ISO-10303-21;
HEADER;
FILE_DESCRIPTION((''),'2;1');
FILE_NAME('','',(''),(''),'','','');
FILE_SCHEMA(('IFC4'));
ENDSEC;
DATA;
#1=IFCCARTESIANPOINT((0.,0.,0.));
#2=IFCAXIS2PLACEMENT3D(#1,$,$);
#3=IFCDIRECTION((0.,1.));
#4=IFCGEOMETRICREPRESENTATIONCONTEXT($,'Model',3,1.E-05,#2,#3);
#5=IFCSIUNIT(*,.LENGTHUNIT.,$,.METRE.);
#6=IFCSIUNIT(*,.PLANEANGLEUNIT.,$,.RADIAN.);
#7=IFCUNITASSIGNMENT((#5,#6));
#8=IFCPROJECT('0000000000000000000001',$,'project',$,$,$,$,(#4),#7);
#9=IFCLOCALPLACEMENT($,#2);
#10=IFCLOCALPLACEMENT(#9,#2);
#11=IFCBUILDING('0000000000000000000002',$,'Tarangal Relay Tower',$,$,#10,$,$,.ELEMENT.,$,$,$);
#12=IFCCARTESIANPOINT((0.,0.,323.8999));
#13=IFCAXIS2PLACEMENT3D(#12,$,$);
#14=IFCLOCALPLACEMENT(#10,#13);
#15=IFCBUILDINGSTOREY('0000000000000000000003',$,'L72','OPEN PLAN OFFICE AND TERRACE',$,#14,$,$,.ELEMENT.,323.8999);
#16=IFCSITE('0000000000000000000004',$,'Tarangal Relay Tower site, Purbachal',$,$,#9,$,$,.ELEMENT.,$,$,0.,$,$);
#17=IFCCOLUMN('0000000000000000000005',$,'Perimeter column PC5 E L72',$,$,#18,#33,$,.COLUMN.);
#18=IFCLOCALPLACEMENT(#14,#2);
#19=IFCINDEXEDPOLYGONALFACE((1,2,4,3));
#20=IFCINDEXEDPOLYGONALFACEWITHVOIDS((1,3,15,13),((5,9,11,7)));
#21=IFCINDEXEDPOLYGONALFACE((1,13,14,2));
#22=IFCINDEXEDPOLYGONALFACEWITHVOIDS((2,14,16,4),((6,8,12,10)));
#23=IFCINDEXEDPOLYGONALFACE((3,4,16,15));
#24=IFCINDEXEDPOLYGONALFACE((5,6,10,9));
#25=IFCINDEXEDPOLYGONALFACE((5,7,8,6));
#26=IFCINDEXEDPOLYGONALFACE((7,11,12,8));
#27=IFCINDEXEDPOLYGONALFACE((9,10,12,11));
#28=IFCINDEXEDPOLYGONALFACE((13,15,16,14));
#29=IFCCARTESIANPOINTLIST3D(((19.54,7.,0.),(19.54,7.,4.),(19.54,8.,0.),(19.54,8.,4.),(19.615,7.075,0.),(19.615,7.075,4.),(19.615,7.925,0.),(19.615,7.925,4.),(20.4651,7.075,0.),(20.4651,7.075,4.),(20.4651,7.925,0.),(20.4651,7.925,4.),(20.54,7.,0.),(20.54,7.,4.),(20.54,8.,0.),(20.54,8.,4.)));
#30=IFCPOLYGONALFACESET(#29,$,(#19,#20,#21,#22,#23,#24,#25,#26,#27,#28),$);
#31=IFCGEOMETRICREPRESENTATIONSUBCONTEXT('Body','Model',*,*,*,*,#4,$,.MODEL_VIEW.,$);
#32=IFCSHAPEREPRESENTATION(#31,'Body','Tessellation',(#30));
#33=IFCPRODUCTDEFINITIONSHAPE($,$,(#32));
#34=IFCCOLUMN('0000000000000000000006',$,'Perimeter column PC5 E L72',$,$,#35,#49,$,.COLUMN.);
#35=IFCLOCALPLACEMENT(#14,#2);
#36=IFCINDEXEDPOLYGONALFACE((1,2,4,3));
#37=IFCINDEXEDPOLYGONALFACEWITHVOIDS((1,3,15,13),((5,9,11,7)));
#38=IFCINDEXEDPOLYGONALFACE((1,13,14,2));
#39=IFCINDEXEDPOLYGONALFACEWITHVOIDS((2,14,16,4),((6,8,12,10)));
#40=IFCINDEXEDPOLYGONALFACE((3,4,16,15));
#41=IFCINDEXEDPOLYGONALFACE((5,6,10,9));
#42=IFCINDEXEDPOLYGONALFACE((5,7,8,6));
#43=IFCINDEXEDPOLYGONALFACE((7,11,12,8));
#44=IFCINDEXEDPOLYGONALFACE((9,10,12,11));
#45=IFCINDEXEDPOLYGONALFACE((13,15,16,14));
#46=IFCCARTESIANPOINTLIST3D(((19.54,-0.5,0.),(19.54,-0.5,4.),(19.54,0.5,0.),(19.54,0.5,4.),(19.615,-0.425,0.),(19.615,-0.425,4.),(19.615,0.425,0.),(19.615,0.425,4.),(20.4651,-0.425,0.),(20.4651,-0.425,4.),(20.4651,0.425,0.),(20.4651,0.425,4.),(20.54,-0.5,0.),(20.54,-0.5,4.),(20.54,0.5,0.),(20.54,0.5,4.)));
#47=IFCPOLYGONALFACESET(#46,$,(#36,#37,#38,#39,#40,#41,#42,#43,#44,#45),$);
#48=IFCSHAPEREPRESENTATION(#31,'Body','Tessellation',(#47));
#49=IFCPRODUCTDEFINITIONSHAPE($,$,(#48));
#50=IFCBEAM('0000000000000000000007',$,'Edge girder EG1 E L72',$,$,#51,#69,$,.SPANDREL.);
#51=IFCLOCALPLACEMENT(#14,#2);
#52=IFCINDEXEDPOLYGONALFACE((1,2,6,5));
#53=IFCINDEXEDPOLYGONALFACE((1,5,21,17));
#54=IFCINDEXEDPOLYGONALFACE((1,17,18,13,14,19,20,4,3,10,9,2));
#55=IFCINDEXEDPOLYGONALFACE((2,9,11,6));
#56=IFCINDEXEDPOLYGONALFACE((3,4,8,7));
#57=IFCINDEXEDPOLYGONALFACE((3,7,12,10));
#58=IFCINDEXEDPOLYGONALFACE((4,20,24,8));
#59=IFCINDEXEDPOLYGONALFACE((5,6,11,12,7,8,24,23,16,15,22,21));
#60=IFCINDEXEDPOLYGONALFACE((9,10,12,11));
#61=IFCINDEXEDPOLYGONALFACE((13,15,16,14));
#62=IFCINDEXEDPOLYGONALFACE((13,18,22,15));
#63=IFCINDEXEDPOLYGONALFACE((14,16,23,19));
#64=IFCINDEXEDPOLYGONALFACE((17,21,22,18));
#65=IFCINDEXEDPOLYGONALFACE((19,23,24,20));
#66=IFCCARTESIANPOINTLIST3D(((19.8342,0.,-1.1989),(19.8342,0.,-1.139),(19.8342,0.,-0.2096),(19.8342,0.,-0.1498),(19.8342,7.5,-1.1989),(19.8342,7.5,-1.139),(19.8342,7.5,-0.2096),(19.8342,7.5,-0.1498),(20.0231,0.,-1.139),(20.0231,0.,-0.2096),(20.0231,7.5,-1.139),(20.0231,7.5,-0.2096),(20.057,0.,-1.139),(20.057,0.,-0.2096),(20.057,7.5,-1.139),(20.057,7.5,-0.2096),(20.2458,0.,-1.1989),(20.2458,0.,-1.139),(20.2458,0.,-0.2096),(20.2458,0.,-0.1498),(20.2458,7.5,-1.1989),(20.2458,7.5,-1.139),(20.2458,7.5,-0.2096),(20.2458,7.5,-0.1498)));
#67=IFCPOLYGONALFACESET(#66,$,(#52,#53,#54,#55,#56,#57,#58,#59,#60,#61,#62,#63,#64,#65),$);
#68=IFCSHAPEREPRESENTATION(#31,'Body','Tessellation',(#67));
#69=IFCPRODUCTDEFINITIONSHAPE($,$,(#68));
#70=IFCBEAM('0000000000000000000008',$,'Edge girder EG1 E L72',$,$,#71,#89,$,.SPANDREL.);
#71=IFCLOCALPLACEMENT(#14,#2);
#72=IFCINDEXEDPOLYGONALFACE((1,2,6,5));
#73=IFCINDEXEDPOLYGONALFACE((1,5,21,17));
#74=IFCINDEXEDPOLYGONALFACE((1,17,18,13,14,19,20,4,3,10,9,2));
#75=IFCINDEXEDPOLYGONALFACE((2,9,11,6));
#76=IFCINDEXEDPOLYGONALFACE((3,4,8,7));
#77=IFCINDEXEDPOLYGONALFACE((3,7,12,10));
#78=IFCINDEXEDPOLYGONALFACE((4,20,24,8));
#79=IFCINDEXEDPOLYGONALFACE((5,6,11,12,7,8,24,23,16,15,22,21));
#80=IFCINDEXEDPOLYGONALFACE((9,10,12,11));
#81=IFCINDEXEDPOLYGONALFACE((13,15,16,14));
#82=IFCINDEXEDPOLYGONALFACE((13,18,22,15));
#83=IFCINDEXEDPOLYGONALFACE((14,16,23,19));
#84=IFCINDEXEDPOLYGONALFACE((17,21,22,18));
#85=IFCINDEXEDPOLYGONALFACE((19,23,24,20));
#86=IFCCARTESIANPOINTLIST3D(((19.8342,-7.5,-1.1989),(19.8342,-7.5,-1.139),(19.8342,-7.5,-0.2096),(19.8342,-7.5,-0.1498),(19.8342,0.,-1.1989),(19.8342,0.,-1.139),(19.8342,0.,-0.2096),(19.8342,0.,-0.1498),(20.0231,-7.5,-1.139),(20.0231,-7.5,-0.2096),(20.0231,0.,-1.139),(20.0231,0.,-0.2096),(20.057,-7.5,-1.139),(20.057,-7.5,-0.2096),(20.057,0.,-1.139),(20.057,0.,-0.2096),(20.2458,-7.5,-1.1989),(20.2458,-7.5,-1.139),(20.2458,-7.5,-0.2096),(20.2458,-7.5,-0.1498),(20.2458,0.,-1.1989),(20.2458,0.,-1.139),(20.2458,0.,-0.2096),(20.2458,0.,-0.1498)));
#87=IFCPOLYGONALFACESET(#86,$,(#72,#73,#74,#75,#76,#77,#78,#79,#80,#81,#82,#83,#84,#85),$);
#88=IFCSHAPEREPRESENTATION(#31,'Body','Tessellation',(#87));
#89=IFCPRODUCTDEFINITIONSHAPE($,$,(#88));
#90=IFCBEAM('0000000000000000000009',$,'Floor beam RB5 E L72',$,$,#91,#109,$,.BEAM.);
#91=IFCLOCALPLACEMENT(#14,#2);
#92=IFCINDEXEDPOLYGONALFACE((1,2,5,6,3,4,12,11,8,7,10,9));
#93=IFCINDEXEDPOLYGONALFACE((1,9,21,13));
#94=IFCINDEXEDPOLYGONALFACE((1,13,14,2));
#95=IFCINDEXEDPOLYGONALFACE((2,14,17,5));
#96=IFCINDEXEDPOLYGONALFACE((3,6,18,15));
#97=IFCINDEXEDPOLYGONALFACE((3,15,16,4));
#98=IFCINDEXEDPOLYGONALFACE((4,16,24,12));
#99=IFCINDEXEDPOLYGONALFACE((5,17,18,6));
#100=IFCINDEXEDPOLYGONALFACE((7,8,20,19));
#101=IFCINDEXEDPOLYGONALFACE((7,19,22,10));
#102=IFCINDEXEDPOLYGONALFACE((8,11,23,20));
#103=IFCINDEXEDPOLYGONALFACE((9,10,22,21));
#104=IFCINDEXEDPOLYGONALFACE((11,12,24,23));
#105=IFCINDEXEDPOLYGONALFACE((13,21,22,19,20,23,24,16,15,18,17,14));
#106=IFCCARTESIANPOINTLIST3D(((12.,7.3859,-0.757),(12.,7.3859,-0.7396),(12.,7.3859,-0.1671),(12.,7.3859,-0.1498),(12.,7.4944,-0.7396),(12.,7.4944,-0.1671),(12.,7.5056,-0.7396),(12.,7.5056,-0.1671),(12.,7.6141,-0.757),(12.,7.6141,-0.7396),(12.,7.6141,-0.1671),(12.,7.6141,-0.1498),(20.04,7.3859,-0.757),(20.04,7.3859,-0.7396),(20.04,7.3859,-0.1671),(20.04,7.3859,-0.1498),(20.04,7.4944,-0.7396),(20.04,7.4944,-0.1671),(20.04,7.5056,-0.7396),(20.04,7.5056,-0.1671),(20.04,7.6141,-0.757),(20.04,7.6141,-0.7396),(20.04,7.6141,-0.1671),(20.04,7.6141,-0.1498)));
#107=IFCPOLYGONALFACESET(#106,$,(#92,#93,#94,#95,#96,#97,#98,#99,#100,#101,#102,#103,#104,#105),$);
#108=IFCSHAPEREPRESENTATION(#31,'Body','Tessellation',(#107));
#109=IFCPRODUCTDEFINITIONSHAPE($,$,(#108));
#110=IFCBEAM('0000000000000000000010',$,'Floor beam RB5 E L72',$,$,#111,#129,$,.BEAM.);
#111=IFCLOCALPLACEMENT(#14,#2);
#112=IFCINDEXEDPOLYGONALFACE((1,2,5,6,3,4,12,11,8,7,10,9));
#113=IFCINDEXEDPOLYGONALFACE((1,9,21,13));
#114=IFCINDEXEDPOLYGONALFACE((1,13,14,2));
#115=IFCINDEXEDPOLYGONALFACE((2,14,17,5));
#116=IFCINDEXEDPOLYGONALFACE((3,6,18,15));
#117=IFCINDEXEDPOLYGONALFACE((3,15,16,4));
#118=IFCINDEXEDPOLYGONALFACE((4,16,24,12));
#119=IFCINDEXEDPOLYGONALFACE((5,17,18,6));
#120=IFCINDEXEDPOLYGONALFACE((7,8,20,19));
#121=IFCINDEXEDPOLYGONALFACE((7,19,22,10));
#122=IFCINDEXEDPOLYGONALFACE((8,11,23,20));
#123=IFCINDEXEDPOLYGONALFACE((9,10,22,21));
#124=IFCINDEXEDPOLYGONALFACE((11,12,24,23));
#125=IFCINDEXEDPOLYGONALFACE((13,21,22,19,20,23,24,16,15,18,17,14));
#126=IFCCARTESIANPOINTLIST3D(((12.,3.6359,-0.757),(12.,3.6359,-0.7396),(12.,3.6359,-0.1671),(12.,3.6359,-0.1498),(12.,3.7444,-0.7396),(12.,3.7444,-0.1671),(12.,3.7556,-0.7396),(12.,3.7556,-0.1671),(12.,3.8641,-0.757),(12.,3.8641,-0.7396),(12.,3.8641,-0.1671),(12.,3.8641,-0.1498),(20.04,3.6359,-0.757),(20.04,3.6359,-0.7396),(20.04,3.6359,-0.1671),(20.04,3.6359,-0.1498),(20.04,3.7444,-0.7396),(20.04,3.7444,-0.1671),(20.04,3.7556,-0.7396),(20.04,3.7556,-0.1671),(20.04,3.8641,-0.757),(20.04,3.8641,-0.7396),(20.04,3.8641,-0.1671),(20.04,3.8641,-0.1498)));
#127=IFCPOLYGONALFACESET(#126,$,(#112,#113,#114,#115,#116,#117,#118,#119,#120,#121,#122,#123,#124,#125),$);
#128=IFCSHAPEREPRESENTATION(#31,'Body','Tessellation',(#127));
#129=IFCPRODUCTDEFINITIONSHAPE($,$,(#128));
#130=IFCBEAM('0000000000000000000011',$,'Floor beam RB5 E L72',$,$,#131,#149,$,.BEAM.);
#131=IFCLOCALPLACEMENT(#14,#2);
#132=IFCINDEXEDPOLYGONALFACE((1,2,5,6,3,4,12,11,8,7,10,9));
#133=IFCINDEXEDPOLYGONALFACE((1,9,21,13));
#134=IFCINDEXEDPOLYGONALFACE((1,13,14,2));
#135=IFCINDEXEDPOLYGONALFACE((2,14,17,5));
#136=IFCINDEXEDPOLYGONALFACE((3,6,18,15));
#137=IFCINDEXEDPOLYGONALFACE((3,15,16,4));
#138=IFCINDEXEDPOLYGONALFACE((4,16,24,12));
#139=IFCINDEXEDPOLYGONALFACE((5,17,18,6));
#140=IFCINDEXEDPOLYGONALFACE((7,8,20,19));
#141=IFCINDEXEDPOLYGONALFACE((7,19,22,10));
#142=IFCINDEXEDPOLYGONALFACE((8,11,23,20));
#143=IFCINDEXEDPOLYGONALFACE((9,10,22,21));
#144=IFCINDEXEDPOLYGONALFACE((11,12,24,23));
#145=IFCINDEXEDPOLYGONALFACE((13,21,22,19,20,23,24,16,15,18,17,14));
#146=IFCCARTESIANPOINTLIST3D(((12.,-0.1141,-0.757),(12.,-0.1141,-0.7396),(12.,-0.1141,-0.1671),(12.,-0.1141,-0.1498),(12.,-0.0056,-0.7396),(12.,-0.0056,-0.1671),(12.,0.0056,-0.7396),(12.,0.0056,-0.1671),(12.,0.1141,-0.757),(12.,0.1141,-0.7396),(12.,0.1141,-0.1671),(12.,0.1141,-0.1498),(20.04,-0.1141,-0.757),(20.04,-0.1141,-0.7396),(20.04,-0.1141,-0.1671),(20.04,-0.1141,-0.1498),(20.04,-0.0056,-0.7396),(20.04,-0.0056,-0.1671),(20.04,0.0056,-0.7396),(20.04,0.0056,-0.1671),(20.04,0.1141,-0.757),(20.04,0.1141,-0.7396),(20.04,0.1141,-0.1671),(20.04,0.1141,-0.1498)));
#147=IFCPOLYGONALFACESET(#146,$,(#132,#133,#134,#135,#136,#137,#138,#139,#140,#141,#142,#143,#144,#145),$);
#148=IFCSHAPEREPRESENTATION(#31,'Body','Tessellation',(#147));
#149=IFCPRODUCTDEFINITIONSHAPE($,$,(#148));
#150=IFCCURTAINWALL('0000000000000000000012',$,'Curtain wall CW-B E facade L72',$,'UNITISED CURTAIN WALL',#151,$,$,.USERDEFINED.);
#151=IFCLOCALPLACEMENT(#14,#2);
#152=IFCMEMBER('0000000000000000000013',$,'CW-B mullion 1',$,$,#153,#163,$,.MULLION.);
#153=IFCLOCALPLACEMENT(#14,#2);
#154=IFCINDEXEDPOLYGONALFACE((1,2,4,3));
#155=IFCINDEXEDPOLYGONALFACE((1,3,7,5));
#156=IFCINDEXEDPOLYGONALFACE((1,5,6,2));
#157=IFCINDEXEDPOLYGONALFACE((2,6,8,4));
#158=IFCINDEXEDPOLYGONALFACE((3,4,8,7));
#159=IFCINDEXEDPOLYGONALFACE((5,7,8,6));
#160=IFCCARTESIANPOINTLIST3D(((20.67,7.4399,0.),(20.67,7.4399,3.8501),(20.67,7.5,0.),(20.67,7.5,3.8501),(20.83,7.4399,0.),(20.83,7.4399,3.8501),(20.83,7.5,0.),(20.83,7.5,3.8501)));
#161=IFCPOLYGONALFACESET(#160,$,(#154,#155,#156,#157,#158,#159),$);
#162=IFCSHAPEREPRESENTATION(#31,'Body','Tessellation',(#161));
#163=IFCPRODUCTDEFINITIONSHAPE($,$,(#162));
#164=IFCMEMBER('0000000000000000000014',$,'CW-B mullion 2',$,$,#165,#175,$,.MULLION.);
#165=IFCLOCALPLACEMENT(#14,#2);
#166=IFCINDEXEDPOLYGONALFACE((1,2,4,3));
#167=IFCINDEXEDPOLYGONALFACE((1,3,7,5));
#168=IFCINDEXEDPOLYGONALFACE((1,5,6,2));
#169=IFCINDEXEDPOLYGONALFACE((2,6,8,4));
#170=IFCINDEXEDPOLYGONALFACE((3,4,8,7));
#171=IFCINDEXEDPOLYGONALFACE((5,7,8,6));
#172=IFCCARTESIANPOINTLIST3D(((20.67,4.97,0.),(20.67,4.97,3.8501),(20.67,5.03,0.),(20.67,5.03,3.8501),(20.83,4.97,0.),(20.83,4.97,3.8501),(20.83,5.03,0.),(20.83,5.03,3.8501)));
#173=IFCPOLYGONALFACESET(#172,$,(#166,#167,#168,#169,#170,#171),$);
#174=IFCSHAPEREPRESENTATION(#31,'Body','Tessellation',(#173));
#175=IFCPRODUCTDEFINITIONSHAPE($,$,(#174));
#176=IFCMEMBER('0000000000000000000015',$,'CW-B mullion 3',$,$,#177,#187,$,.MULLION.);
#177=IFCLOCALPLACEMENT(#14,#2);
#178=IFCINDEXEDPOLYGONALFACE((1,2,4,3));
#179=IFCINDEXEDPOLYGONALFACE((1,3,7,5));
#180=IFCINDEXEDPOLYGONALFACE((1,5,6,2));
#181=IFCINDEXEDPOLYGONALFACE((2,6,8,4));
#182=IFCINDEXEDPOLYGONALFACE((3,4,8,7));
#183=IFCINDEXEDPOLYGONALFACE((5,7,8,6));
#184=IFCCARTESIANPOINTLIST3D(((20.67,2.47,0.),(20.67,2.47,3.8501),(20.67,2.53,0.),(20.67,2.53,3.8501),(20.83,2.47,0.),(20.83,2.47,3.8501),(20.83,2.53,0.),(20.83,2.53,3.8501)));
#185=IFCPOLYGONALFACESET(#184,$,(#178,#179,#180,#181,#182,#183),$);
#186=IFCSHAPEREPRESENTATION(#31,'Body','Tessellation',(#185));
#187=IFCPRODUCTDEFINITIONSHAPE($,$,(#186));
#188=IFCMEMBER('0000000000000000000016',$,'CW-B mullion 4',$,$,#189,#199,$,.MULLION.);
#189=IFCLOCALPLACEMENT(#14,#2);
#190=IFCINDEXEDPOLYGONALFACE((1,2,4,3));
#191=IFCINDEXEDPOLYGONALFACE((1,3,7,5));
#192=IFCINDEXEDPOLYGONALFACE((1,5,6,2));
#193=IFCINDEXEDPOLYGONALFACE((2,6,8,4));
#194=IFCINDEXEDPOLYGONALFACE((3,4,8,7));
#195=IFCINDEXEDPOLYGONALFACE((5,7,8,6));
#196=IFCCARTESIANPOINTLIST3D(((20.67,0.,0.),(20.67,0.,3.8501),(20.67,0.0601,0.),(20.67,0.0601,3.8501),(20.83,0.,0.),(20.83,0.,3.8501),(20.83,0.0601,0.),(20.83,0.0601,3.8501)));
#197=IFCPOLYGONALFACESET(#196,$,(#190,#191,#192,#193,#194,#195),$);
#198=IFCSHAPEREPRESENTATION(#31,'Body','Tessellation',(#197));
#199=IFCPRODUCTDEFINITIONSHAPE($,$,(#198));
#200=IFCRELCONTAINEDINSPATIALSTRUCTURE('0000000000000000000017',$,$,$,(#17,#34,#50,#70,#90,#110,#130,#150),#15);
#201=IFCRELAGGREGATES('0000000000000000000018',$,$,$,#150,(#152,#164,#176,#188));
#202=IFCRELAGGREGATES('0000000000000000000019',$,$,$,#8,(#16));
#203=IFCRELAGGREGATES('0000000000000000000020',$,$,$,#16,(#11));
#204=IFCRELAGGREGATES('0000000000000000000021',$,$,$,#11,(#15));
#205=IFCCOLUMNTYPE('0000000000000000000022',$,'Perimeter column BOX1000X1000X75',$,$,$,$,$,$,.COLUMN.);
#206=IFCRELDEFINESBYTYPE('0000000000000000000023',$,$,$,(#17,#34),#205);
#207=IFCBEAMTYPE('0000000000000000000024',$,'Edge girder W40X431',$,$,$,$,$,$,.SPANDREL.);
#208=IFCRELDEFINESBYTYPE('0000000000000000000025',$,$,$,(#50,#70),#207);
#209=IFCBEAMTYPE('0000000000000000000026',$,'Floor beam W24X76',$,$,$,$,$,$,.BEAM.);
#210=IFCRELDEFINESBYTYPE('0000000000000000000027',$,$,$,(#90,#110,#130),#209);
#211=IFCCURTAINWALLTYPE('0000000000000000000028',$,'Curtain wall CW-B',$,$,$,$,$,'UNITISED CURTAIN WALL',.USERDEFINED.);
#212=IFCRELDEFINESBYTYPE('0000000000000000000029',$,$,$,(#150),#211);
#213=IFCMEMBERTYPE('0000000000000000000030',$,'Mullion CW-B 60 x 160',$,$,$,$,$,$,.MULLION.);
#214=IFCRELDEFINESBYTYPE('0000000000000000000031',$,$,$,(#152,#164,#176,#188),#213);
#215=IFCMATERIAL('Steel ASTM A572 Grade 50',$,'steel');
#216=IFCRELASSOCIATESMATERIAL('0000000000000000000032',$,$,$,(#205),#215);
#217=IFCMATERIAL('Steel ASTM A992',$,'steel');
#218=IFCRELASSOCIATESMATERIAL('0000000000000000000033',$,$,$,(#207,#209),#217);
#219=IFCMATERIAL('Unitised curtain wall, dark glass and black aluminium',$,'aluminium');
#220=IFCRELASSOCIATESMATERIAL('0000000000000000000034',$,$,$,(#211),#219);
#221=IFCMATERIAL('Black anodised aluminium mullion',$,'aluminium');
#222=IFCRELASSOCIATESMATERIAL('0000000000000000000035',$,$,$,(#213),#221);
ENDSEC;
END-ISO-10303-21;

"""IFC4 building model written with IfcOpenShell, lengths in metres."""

from ifc_helpers import new_model, si_unit, direction, frame, origin, origin_2d, place, context, subcontext, project, spatial, rectangle, hollow_rectangle, i_section, extrude, material, material_profile, profile_set, type_object, element, aggregate, save


model = new_model("IFC4")

# Units and contexts
model_context = context("Model", 3, precision=1e-05, world=origin(), true_north=direction((0.0, 1.0)))
body_context = subcontext(model_context, "Body", "Model", "MODEL_VIEW")
ifc_project = project(units=[si_unit("LENGTHUNIT", "METRE"), si_unit("PLANEANGLEUNIT", "RADIAN")], contexts=[model_context])

# Site, building, storey
site_placement = place(None, origin())
site = spatial("IfcSite", under=ifc_project, at=site_placement, Name="Tarangal Relay Tower site, Purbachal", CompositionType="ELEMENT", RefElevation=0.0)
building_placement = place(site_placement, origin())
building = spatial("IfcBuilding", under=site, at=building_placement, Name="Tarangal Relay Tower", CompositionType="ELEMENT")
storey_placement = place(building_placement, frame((0.0, 0.0, 323.8999)))
storey = spatial("IfcBuildingStorey", under=building, at=storey_placement, Name="L72", Description="OPEN PLAN OFFICE AND TERRACE", CompositionType="ELEMENT", Elevation=323.8999)

# Columns
ifc_material_1 = material(Name="Steel ASTM A572 Grade 50", Category="steel")
ifc_material_profile_1 = material_profile(ifc_material_1, hollow_rectangle(XDim=1.0, YDim=1.0, WallThickness=0.075, at=origin_2d()), Name="BOX1000X1000X75")
ifc_profile_set_1 = profile_set([ifc_material_profile_1], Name="Steel ASTM A572 Grade 50")
column_type = type_object("IfcColumnType", Name="Perimeter column BOX1000X1000X75", PredefinedType="COLUMN", material=ifc_profile_set_1)
for number, where, z_axis, x_axis, name in (
    (1, (20.04, 7.5, 0.0), (0.0, 0.0, 1.0), (1.0, 0.0, 0.0), "Perimeter column PC5 E L72"),
    (2, (20.04, 0.0, 0.0), (0.0, 0.0, 1.0), (1.0, 0.0, 0.0), "Perimeter column PC5 E L72"),
):
    element("IfcColumn", number, at=place(storey_placement, frame(where, z_axis=z_axis, x_axis=x_axis)), inside=storey, type_object=column_type, Name=name, PredefinedType="COLUMN", context=body_context, shape_type="SweptSolid", body=[
        extrude(hollow_rectangle(XDim=1.0, YDim=1.0, WallThickness=0.075, at=origin_2d()), origin(), (0.0, 0.0, 1.0), 4.0),
    ])

# Beams
ifc_material_2 = material(Name="Steel ASTM A992", Category="steel")
ifc_material_profile_2 = material_profile(ifc_material_2, i_section(OverallWidth=0.4116, OverallDepth=1.0491, WebThickness=0.0339, FlangeThickness=0.0598, at=origin_2d()), Name="W40X431")
ifc_profile_set_2 = profile_set([ifc_material_profile_2], Name="Steel ASTM A992")
beam_type_1 = type_object("IfcBeamType", Name="Edge girder W40X431", PredefinedType="SPANDREL", material=ifc_profile_set_2)
for number, where, z_axis, x_axis, name in (
    (3, (20.04, 7.5, -0.6743), (0.0, -1.0, 0.0), (1.0, 0.0, 0.0), "Edge girder EG1 E L72"),
    (4, (20.04, 0.0, -0.6743), (0.0, -1.0, 0.0), (1.0, 0.0, 0.0), "Edge girder EG1 E L72"),
):
    element("IfcBeam", number, at=place(storey_placement, frame(where, z_axis=z_axis, x_axis=x_axis)), inside=storey, type_object=beam_type_1, Name=name, PredefinedType="SPANDREL", context=body_context, shape_type="SweptSolid", body=[
        extrude(i_section(OverallWidth=0.4116, OverallDepth=1.0491, WebThickness=0.0339, FlangeThickness=0.0598, at=origin_2d()), origin(), (0.0, 0.0, 1.0), 7.5),
    ])
ifc_material_profile_3 = material_profile(ifc_material_2, i_section(OverallWidth=0.2283, OverallDepth=0.6072, WebThickness=0.0112, FlangeThickness=0.0173, at=origin_2d()), Name="W24X76")
ifc_profile_set_3 = profile_set([ifc_material_profile_3], Name="Steel ASTM A992")
beam_type_2 = type_object("IfcBeamType", Name="Floor beam W24X76", PredefinedType="BEAM", material=ifc_profile_set_3)
for number, where, z_axis, x_axis, name in (
    (5, (12.0, 7.5, -0.4534), (1.0, 0.0, 0.0), (0.0, 1.0, 0.0), "Floor beam RB5 E L72"),
    (6, (12.0, 3.75, -0.4534), (1.0, 0.0, 0.0), (0.0, 1.0, 0.0), "Floor beam RB5 E L72"),
    (7, (12.0, 0.0, -0.4534), (1.0, 0.0, 0.0), (0.0, 1.0, 0.0), "Floor beam RB5 E L72"),
):
    element("IfcBeam", number, at=place(storey_placement, frame(where, z_axis=z_axis, x_axis=x_axis)), inside=storey, type_object=beam_type_2, Name=name, PredefinedType="BEAM", context=body_context, shape_type="SweptSolid", body=[
        extrude(i_section(OverallWidth=0.2283, OverallDepth=0.6072, WebThickness=0.0112, FlangeThickness=0.0173, at=origin_2d()), origin(), (0.0, 0.0, 1.0), 8.04),
    ])

# Curtain wall, members
ifc_material_3 = material(Name="Unitised curtain wall, dark glass and black aluminium", Category="aluminium")
curtain_wall_type_1 = type_object("IfcCurtainWallType", Name="Curtain wall CW-B", ElementType="UNITISED CURTAIN WALL", PredefinedType="USERDEFINED", material=ifc_material_3)
curtain_wall_1_placement = place(storey_placement, origin())
curtain_wall_1 = element("IfcCurtainWall", 8, at=curtain_wall_1_placement, inside=storey, type_object=curtain_wall_type_1, Name="Curtain wall CW-B E facade L72", ObjectType="UNITISED CURTAIN WALL", PredefinedType="USERDEFINED")
ifc_material_4 = material(Name="Black anodised aluminium mullion", Category="aluminium")
ifc_material_profile_4 = material_profile(ifc_material_4, rectangle(XDim=0.1599, YDim=0.0601, at=origin_2d()), Name="CW-BM 60X160")
ifc_profile_set_4 = profile_set([ifc_material_profile_4], Name="Black anodised aluminium mullion")
member_type_1 = type_object("IfcMemberType", Name="Mullion CW-B 60 x 160", PredefinedType="MULLION", material=ifc_profile_set_4)
member_1_placement = place(storey_placement, frame((20.75, 7.47, 0.0), z_axis=(0.0, 0.0, 1.0), x_axis=(1.0, 0.0, 0.0)))
member_1 = element("IfcMember", 9, at=member_1_placement, type_object=member_type_1, Name="CW-B mullion 1", PredefinedType="MULLION", context=body_context, shape_type="SweptSolid", body=[
    extrude(rectangle(XDim=0.1599, YDim=0.0601, at=origin_2d()), origin(), (0.0, 0.0, 1.0), 3.8501),
])
member_2_placement = place(storey_placement, frame((20.75, 5.0, 0.0), z_axis=(0.0, 0.0, 1.0), x_axis=(1.0, 0.0, 0.0)))
member_2 = element("IfcMember", 10, at=member_2_placement, type_object=member_type_1, Name="CW-B mullion 2", PredefinedType="MULLION", context=body_context, shape_type="SweptSolid", body=[
    extrude(rectangle(XDim=0.1599, YDim=0.0601, at=origin_2d()), origin(), (0.0, 0.0, 1.0), 3.8501),
])
member_3_placement = place(storey_placement, frame((20.75, 2.5, 0.0), z_axis=(0.0, 0.0, 1.0), x_axis=(1.0, 0.0, 0.0)))
member_3 = element("IfcMember", 11, at=member_3_placement, type_object=member_type_1, Name="CW-B mullion 3", PredefinedType="MULLION", context=body_context, shape_type="SweptSolid", body=[
    extrude(rectangle(XDim=0.1599, YDim=0.0601, at=origin_2d()), origin(), (0.0, 0.0, 1.0), 3.8501),
])
member_4_placement = place(storey_placement, frame((20.75, 0.03, 0.0), z_axis=(0.0, 0.0, 1.0), x_axis=(1.0, 0.0, 0.0)))
member_4 = element("IfcMember", 12, at=member_4_placement, type_object=member_type_1, Name="CW-B mullion 4", PredefinedType="MULLION", context=body_context, shape_type="SweptSolid", body=[
    extrude(rectangle(XDim=0.1599, YDim=0.0601, at=origin_2d()), origin(), (0.0, 0.0, 1.0), 3.8501),
])

aggregate(curtain_wall_1, [member_1, member_2, member_3, member_4])

save(model, "model.ifc")
